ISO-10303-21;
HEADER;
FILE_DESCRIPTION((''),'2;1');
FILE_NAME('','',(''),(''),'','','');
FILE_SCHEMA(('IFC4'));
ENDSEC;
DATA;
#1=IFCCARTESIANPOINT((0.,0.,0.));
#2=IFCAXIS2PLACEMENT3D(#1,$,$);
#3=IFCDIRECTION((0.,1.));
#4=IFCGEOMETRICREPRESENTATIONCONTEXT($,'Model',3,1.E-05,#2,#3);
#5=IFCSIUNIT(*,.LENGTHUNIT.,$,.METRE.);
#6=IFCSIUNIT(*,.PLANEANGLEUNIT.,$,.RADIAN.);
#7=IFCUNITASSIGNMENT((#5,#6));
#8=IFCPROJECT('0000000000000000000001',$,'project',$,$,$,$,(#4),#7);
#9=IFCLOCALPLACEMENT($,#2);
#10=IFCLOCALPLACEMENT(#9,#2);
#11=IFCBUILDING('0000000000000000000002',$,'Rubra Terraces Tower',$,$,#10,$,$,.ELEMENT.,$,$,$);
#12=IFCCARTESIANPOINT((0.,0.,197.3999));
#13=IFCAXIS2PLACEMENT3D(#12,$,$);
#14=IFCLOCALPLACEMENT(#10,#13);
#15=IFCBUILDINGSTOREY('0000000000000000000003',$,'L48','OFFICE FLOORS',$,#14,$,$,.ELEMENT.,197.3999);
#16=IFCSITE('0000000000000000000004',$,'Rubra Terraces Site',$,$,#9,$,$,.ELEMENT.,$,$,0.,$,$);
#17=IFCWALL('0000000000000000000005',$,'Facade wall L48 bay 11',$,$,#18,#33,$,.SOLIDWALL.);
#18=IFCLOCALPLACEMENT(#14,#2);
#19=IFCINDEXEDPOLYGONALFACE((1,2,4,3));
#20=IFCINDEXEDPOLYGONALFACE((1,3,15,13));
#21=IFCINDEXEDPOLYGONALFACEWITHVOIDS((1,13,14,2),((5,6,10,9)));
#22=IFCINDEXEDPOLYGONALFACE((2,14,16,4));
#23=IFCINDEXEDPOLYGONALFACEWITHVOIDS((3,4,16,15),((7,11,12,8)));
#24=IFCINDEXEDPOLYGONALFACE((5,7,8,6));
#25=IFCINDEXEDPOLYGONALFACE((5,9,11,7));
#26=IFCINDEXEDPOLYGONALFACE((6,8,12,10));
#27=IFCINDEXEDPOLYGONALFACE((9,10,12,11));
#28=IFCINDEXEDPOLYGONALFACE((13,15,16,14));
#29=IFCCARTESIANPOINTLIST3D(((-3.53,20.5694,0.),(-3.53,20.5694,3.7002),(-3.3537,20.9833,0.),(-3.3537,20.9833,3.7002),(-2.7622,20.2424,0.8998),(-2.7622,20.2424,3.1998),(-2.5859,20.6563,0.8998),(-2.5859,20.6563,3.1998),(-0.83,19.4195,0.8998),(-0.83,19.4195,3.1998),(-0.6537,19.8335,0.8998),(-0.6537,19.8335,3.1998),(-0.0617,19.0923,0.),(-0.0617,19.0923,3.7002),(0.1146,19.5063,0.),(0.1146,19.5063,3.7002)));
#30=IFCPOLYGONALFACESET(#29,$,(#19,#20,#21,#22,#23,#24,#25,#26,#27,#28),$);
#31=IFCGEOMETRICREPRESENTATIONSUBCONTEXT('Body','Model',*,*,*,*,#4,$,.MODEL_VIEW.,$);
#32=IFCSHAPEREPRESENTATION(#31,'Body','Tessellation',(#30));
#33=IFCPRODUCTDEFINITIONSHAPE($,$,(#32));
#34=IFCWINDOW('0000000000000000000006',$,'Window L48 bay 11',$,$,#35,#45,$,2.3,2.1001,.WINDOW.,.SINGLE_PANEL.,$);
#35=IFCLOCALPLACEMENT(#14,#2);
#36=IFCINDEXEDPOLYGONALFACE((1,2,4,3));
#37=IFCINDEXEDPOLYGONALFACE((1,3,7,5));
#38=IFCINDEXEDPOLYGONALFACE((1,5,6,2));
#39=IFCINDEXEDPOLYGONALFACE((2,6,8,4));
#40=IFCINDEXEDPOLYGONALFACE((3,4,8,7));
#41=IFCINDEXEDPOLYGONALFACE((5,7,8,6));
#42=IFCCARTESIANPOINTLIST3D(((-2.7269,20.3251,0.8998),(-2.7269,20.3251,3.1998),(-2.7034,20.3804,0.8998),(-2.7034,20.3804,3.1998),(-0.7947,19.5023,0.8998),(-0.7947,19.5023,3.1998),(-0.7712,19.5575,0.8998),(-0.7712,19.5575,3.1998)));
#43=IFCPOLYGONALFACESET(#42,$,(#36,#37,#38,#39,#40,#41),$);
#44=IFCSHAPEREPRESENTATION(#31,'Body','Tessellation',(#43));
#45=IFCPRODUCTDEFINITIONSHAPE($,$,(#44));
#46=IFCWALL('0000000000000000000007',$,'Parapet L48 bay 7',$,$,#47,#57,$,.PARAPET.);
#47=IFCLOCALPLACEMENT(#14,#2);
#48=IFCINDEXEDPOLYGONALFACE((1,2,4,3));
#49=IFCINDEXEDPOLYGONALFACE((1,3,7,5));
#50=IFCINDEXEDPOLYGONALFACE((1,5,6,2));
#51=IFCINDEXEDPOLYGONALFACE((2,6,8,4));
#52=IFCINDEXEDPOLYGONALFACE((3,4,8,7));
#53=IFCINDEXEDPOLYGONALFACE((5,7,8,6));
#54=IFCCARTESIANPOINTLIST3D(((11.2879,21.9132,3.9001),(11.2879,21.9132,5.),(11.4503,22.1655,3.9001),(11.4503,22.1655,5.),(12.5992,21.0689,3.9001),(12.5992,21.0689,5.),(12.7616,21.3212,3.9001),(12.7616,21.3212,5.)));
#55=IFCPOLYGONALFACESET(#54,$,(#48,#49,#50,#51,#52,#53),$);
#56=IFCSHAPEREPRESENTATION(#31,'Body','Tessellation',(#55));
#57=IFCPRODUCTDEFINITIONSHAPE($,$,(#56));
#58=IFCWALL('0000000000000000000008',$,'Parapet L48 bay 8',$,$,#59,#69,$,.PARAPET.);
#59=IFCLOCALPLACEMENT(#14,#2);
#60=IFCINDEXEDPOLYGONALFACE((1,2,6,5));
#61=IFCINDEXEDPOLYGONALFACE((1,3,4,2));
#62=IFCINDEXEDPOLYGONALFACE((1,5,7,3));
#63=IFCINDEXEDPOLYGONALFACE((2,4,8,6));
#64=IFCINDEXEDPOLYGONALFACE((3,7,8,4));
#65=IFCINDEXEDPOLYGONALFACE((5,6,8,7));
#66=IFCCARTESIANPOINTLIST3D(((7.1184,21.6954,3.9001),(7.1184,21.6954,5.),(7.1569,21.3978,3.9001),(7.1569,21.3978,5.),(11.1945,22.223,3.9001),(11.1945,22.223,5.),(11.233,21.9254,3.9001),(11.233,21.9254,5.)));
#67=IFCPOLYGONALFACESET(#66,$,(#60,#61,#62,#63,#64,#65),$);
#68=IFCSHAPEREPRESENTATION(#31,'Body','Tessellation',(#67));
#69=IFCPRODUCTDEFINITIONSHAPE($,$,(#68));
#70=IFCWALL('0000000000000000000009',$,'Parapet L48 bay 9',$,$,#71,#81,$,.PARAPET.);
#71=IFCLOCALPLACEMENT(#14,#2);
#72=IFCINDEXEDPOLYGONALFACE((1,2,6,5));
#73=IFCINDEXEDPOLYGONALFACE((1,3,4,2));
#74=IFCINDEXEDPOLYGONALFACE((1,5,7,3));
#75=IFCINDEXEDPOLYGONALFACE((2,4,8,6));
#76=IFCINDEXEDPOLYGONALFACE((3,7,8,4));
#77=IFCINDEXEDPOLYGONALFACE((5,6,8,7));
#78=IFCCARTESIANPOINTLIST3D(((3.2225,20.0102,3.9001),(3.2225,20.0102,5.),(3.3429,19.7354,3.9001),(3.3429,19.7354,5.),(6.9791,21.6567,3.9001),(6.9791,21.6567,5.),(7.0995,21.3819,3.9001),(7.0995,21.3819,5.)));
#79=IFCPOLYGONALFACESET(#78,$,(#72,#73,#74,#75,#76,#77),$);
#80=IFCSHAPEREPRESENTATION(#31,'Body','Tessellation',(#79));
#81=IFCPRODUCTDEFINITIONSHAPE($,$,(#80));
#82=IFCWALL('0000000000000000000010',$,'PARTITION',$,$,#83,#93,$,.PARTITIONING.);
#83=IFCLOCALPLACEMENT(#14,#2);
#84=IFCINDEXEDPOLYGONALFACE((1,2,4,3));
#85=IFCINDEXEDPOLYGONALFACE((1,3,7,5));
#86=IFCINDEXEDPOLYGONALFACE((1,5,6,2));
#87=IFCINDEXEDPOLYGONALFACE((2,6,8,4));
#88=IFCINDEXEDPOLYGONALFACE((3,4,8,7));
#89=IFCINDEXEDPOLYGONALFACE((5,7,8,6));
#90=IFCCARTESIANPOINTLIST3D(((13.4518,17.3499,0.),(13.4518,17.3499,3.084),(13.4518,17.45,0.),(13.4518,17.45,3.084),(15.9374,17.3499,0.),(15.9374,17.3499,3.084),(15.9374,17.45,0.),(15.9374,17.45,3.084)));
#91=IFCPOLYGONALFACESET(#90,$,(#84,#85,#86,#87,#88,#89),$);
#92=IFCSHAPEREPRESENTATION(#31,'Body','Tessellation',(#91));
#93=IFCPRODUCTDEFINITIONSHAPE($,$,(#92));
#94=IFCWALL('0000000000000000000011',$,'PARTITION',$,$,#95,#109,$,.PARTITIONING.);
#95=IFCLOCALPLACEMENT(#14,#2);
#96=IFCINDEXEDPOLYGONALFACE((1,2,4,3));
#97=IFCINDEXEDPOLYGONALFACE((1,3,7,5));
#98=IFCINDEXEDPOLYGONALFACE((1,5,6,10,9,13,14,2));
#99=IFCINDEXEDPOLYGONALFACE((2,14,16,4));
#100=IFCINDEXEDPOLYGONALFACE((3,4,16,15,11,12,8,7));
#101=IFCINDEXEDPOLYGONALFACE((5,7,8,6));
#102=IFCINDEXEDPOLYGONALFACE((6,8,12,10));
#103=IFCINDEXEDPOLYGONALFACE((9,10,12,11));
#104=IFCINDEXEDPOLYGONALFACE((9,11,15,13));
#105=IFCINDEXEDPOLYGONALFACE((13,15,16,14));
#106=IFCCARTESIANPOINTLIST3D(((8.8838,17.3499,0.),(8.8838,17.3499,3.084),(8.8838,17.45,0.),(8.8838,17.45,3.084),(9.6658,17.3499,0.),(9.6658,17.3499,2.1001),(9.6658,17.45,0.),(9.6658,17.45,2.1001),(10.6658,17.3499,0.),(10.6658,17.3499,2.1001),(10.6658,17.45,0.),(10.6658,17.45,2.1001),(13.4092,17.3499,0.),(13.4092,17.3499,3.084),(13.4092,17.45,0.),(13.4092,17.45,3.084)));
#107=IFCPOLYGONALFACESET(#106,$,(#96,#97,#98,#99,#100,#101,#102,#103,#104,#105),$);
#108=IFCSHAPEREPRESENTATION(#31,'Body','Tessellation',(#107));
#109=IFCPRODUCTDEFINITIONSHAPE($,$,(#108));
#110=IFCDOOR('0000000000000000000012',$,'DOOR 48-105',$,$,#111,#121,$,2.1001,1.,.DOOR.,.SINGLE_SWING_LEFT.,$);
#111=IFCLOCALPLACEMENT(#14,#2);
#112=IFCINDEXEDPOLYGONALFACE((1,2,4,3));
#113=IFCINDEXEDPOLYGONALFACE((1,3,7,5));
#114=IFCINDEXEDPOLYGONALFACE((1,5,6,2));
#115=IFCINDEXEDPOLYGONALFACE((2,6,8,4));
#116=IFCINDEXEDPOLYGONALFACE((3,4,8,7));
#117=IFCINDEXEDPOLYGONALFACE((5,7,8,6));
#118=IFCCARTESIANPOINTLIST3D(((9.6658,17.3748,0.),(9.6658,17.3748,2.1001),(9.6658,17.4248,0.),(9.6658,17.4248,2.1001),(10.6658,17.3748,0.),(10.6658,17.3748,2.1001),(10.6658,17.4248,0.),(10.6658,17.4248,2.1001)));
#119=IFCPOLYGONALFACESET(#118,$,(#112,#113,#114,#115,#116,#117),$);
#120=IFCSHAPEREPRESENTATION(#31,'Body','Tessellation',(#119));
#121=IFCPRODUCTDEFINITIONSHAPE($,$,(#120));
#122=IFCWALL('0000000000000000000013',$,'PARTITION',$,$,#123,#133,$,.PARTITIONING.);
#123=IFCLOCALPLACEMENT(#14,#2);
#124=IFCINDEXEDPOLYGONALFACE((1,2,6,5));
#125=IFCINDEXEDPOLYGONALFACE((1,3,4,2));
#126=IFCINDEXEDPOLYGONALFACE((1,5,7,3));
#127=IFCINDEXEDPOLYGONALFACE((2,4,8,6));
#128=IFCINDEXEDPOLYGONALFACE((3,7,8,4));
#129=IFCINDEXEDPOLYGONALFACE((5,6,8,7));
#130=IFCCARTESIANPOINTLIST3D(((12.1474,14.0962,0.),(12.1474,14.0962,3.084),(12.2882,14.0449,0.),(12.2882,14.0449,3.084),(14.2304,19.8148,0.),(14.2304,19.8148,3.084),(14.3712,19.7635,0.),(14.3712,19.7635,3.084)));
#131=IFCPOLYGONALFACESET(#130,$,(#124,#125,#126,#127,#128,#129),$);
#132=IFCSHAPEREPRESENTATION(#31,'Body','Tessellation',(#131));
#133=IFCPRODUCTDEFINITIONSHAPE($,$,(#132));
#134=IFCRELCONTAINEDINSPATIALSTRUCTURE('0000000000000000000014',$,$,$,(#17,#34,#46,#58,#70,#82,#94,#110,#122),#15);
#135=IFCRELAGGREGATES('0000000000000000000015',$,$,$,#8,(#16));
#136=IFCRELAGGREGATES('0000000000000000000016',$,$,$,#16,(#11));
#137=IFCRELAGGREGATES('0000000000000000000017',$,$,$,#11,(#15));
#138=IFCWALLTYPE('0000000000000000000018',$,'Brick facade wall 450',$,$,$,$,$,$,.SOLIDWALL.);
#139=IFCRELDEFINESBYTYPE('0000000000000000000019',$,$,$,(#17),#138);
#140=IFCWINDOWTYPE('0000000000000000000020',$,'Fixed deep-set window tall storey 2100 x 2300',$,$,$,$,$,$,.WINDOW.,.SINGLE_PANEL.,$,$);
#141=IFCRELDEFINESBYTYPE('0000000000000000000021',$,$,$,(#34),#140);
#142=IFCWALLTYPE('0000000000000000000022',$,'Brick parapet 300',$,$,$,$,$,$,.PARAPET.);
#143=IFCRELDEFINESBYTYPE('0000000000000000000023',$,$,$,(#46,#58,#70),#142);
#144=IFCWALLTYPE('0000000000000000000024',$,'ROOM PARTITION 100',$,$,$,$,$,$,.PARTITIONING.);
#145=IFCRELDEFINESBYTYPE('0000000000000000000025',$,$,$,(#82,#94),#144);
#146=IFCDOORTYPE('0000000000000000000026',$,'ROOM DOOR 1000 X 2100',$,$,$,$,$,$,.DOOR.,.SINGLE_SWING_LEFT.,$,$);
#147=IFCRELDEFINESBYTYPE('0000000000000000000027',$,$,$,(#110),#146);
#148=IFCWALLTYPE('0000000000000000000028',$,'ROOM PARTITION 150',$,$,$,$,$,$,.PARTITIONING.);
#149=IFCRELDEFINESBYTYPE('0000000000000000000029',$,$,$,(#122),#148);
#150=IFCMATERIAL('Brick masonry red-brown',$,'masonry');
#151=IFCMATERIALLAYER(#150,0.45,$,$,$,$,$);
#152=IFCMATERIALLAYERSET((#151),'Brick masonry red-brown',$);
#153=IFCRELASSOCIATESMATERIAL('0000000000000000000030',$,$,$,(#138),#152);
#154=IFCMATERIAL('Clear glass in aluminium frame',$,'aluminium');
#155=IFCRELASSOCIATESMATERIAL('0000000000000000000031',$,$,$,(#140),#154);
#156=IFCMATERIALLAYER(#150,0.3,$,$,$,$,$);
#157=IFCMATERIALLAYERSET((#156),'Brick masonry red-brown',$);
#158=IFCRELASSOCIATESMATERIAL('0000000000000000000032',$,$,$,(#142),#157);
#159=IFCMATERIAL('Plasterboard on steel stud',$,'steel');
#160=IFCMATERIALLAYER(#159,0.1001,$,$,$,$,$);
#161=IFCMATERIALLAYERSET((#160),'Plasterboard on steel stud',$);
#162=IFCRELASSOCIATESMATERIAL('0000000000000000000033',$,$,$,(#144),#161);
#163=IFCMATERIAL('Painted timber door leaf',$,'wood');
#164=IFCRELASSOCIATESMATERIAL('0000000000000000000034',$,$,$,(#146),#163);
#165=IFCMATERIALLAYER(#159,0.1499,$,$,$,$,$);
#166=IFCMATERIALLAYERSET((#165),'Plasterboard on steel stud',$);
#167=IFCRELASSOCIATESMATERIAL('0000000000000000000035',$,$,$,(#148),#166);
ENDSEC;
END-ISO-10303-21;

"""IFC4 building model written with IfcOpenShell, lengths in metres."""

from ifc_helpers import new_model, si_unit, direction, frame, frame_2d, origin, place, context, subcontext, project, spatial, rectangle, extrude, material, layer, layer_set, type_object, element, fill, save


model = new_model("IFC4")

# Units and contexts
model_context = context("Model", 3, precision=1e-05, world=origin(), true_north=direction((0.0, 1.0)))
body_context = subcontext(model_context, "Body", "Model", "MODEL_VIEW")
ifc_project = project(units=[si_unit("LENGTHUNIT", "METRE"), si_unit("PLANEANGLEUNIT", "RADIAN")], contexts=[model_context])

# Site, building, storey
site_placement = place(None, origin())
site = spatial("IfcSite", under=ifc_project, at=site_placement, Name="Rubra Terraces Site", CompositionType="ELEMENT", RefElevation=0.0)
building_placement = place(site_placement, origin())
building = spatial("IfcBuilding", under=site, at=building_placement, Name="Rubra Terraces Tower", CompositionType="ELEMENT")
storey_placement = place(building_placement, frame((0.0, 0.0, 197.3999)))
storey = spatial("IfcBuildingStorey", under=building, at=storey_placement, Name="L48", Description="OFFICE FLOORS", CompositionType="ELEMENT", Elevation=197.3999)

# Wall, opening, window
ifc_material_1 = material(Name="Brick masonry red-brown", Category="masonry")
ifc_layer_1 = layer(ifc_material_1, 0.45)
ifc_layer_set_1 = layer_set([ifc_layer_1], Name="Brick masonry red-brown")
wall_type_1 = type_object("IfcWallType", Name="Brick facade wall 450", PredefinedType="SOLIDWALL", material=ifc_layer_set_1)
ifc_material_2 = material(Name="Clear glass in aluminium frame", Category="aluminium")
window_type_1 = type_object("IfcWindowType", Name="Fixed deep-set window tall storey 2100 x 2300", PartitioningType="SINGLE_PANEL", PredefinedType="WINDOW", material=ifc_material_2)
wall_1_placement = place(storey_placement, frame((0.0264, 19.2993, 0.0), z_axis=(0.0, 0.0, 1.0), x_axis=(-0.92004, 0.391823, 0.0)))
wall_1 = element("IfcWall", 1, at=wall_1_placement, inside=storey, type_object=wall_type_1, Name="Facade wall L48 bay 11", PredefinedType="SOLIDWALL", context=body_context, shape_type="SweptSolid", body=[
    extrude(rectangle(XDim=3.7698, YDim=0.45, at=frame_2d((1.8848, 0.0))), origin(), (0.0, 0.0, 1.0), 3.7002),
])
opening_1_placement = place(wall_1_placement, frame((0.835, 0.0, 0.8999)))
opening_1 = element("IfcOpeningElement", 2, at=opening_1_placement, cuts=wall_1, PredefinedType="OPENING", context=body_context, shape_type="SweptSolid", body=[
    extrude(rectangle(XDim=2.1001, YDim=2.3, at=frame_2d((1.05, 1.1499))), frame((0.0, 0.2349, 0.0), z_axis=(0.0, -1.0, 0.0), x_axis=(1.0, 0.0, 0.0)), (0.0, 0.0, 1.0), 0.47),
])
window_1_placement = place(opening_1_placement, origin())
window_1 = element("IfcWindow", 3, at=window_1_placement, inside=storey, type_object=window_type_1, Name="Window L48 bay 11", OverallHeight=2.3, OverallWidth=2.1001, PartitioningType="SINGLE_PANEL", PredefinedType="WINDOW", context=body_context, shape_type="SweptSolid", body=[
    extrude(rectangle(XDim=2.1001, YDim=2.3, at=frame_2d((1.05, 1.1499))), frame((0.0, 0.135, 0.0), z_axis=(0.0, -1.0, 0.0), x_axis=(1.0, 0.0, 0.0)), (0.0, 0.0, 1.0), 0.0601),
])
fill(opening_1, window_1)

# Walls
ifc_layer_2 = layer(ifc_material_1, 0.3)
ifc_layer_set_2 = layer_set([ifc_layer_2], Name="Brick masonry red-brown")
wall_type_2 = type_object("IfcWallType", Name="Brick parapet 300", PredefinedType="PARAPET", material=ifc_layer_set_2)
wall_2_placement = place(storey_placement, frame((12.6804, 21.1951, 3.9001), z_axis=(0.0, 0.0, 1.0), x_axis=(-0.840807, 0.541335, 0.0)))
element("IfcWall", 4, at=wall_2_placement, inside=storey, type_object=wall_type_2, Name="Parapet L48 bay 7", PredefinedType="PARAPET", context=body_context, shape_type="SweptSolid", body=[
    extrude(rectangle(XDim=1.5596, YDim=0.3, at=frame_2d((0.7798, 0.0))), origin(), (0.0, 0.0, 1.0), 1.0999),
])
wall_3_placement = place(storey_placement, frame((11.2139, 22.0742, 3.9001), z_axis=(0.0, 0.0, 1.0), x_axis=(-0.991727, -0.128361, 0.0)))
element("IfcWall", 5, at=wall_3_placement, inside=storey, type_object=wall_type_2, Name="Parapet L48 bay 8", PredefinedType="PARAPET", context=body_context, shape_type="SweptSolid", body=[
    extrude(rectangle(XDim=4.1101, YDim=0.3, at=frame_2d((2.0552, 0.0))), origin(), (0.0, 0.0, 1.0), 1.0999),
])
wall_4_placement = place(storey_placement, frame((7.0393, 21.5193, 3.9001), z_axis=(0.0, 0.0, 1.0), x_axis=(-0.915891, -0.401428, 0.0)))
element("IfcWall", 6, at=wall_4_placement, inside=storey, type_object=wall_type_2, Name="Parapet L48 bay 9", PredefinedType="PARAPET", context=body_context, shape_type="SweptSolid", body=[
    extrude(rectangle(XDim=4.1016, YDim=0.3, at=frame_2d((2.0508, 0.0))), origin(), (0.0, 0.0, 1.0), 1.0999),
])
ifc_material_3 = material(Name="Plasterboard on steel stud", Category="steel")
ifc_layer_3 = layer(ifc_material_3, 0.1001)
ifc_layer_set_3 = layer_set([ifc_layer_3], Name="Plasterboard on steel stud")
wall_type_3 = type_object("IfcWallType", Name="ROOM PARTITION 100", PredefinedType="PARTITIONING", material=ifc_layer_set_3)
wall_5_placement = place(storey_placement, frame((13.4519, 17.3999, 0.0), z_axis=(0.0, 0.0, 1.0), x_axis=(1.0, 0.0, 0.0)))
element("IfcWall", 7, at=wall_5_placement, inside=storey, type_object=wall_type_3, Name="PARTITION", PredefinedType="PARTITIONING", context=body_context, shape_type="SweptSolid", body=[
    extrude(rectangle(XDim=2.4856, YDim=0.1001, at=frame_2d((1.2427, 0.0))), origin(), (0.0, 0.0, 1.0), 3.084),
])

# Wall, opening, door
wall_6_placement = place(storey_placement, frame((8.8838, 17.3999, 0.0), z_axis=(0.0, 0.0, 1.0), x_axis=(1.0, 0.0, 0.0)))
wall_6 = element("IfcWall", 8, at=wall_6_placement, inside=storey, type_object=wall_type_3, Name="PARTITION", PredefinedType="PARTITIONING", context=body_context, shape_type="SweptSolid", body=[
    extrude(rectangle(XDim=4.5254, YDim=0.1001, at=frame_2d((2.2627, 0.0))), origin(), (0.0, 0.0, 1.0), 3.084),
])
opening_2_placement = place(wall_6_placement, frame((0.782, 0.0, 0.0)))
opening_2 = element("IfcOpeningElement", 9, at=opening_2_placement, cuts=wall_6, PredefinedType="OPENING", context=body_context, shape_type="SweptSolid", body=[
    extrude(rectangle(XDim=1.0, YDim=2.1001, at=frame_2d((0.5, 1.05))), frame((0.0, 0.0601, 0.0), z_axis=(0.0, -1.0, 0.0), x_axis=(1.0, 0.0, 0.0)), (0.0, 0.0, 1.0), 0.1201),
])
ifc_material_4 = material(Name="Painted timber door leaf", Category="wood")
door_type = type_object("IfcDoorType", Name="ROOM DOOR 1000 X 2100", OperationType="SINGLE_SWING_LEFT", PredefinedType="DOOR", material=ifc_material_4)
door_placement = place(opening_2_placement, origin())
door = element("IfcDoor", 10, at=door_placement, inside=storey, type_object=door_type, Name="DOOR 48-105", OperationType="SINGLE_SWING_LEFT", OverallHeight=2.1001, OverallWidth=1.0, PredefinedType="DOOR", context=body_context, shape_type="SweptSolid", body=[
    extrude(rectangle(XDim=1.0, YDim=2.1001, at=frame_2d((0.5, 1.05))), frame((0.0, 0.0249, 0.0), z_axis=(0.0, -1.0, 0.0), x_axis=(1.0, 0.0, 0.0)), (0.0, 0.0, 1.0), 0.05),
])
fill(opening_2, door)

# Wall
ifc_layer_4 = layer(ifc_material_3, 0.1499)
ifc_layer_set_4 = layer_set([ifc_layer_4], Name="Plasterboard on steel stud")
wall_type_4 = type_object("IfcWallType", Name="ROOM PARTITION 150", PredefinedType="PARTITIONING", material=ifc_layer_set_4)
wall_7_placement = place(storey_placement, frame((14.3008, 19.7891, 0.0), z_axis=(0.0, 0.0, 1.0), x_axis=(-0.342258, -0.939606, 0.0)))
element("IfcWall", 11, at=wall_7_placement, inside=storey, type_object=wall_type_4, Name="PARTITION", PredefinedType="PARTITIONING", context=body_context, shape_type="SweptSolid", body=[
    extrude(rectangle(XDim=6.0862, YDim=0.1499, at=frame_2d((3.043, 0.0))), origin(), (0.0, 0.0, 1.0), 3.084),
])

save(model, "model.ifc")
